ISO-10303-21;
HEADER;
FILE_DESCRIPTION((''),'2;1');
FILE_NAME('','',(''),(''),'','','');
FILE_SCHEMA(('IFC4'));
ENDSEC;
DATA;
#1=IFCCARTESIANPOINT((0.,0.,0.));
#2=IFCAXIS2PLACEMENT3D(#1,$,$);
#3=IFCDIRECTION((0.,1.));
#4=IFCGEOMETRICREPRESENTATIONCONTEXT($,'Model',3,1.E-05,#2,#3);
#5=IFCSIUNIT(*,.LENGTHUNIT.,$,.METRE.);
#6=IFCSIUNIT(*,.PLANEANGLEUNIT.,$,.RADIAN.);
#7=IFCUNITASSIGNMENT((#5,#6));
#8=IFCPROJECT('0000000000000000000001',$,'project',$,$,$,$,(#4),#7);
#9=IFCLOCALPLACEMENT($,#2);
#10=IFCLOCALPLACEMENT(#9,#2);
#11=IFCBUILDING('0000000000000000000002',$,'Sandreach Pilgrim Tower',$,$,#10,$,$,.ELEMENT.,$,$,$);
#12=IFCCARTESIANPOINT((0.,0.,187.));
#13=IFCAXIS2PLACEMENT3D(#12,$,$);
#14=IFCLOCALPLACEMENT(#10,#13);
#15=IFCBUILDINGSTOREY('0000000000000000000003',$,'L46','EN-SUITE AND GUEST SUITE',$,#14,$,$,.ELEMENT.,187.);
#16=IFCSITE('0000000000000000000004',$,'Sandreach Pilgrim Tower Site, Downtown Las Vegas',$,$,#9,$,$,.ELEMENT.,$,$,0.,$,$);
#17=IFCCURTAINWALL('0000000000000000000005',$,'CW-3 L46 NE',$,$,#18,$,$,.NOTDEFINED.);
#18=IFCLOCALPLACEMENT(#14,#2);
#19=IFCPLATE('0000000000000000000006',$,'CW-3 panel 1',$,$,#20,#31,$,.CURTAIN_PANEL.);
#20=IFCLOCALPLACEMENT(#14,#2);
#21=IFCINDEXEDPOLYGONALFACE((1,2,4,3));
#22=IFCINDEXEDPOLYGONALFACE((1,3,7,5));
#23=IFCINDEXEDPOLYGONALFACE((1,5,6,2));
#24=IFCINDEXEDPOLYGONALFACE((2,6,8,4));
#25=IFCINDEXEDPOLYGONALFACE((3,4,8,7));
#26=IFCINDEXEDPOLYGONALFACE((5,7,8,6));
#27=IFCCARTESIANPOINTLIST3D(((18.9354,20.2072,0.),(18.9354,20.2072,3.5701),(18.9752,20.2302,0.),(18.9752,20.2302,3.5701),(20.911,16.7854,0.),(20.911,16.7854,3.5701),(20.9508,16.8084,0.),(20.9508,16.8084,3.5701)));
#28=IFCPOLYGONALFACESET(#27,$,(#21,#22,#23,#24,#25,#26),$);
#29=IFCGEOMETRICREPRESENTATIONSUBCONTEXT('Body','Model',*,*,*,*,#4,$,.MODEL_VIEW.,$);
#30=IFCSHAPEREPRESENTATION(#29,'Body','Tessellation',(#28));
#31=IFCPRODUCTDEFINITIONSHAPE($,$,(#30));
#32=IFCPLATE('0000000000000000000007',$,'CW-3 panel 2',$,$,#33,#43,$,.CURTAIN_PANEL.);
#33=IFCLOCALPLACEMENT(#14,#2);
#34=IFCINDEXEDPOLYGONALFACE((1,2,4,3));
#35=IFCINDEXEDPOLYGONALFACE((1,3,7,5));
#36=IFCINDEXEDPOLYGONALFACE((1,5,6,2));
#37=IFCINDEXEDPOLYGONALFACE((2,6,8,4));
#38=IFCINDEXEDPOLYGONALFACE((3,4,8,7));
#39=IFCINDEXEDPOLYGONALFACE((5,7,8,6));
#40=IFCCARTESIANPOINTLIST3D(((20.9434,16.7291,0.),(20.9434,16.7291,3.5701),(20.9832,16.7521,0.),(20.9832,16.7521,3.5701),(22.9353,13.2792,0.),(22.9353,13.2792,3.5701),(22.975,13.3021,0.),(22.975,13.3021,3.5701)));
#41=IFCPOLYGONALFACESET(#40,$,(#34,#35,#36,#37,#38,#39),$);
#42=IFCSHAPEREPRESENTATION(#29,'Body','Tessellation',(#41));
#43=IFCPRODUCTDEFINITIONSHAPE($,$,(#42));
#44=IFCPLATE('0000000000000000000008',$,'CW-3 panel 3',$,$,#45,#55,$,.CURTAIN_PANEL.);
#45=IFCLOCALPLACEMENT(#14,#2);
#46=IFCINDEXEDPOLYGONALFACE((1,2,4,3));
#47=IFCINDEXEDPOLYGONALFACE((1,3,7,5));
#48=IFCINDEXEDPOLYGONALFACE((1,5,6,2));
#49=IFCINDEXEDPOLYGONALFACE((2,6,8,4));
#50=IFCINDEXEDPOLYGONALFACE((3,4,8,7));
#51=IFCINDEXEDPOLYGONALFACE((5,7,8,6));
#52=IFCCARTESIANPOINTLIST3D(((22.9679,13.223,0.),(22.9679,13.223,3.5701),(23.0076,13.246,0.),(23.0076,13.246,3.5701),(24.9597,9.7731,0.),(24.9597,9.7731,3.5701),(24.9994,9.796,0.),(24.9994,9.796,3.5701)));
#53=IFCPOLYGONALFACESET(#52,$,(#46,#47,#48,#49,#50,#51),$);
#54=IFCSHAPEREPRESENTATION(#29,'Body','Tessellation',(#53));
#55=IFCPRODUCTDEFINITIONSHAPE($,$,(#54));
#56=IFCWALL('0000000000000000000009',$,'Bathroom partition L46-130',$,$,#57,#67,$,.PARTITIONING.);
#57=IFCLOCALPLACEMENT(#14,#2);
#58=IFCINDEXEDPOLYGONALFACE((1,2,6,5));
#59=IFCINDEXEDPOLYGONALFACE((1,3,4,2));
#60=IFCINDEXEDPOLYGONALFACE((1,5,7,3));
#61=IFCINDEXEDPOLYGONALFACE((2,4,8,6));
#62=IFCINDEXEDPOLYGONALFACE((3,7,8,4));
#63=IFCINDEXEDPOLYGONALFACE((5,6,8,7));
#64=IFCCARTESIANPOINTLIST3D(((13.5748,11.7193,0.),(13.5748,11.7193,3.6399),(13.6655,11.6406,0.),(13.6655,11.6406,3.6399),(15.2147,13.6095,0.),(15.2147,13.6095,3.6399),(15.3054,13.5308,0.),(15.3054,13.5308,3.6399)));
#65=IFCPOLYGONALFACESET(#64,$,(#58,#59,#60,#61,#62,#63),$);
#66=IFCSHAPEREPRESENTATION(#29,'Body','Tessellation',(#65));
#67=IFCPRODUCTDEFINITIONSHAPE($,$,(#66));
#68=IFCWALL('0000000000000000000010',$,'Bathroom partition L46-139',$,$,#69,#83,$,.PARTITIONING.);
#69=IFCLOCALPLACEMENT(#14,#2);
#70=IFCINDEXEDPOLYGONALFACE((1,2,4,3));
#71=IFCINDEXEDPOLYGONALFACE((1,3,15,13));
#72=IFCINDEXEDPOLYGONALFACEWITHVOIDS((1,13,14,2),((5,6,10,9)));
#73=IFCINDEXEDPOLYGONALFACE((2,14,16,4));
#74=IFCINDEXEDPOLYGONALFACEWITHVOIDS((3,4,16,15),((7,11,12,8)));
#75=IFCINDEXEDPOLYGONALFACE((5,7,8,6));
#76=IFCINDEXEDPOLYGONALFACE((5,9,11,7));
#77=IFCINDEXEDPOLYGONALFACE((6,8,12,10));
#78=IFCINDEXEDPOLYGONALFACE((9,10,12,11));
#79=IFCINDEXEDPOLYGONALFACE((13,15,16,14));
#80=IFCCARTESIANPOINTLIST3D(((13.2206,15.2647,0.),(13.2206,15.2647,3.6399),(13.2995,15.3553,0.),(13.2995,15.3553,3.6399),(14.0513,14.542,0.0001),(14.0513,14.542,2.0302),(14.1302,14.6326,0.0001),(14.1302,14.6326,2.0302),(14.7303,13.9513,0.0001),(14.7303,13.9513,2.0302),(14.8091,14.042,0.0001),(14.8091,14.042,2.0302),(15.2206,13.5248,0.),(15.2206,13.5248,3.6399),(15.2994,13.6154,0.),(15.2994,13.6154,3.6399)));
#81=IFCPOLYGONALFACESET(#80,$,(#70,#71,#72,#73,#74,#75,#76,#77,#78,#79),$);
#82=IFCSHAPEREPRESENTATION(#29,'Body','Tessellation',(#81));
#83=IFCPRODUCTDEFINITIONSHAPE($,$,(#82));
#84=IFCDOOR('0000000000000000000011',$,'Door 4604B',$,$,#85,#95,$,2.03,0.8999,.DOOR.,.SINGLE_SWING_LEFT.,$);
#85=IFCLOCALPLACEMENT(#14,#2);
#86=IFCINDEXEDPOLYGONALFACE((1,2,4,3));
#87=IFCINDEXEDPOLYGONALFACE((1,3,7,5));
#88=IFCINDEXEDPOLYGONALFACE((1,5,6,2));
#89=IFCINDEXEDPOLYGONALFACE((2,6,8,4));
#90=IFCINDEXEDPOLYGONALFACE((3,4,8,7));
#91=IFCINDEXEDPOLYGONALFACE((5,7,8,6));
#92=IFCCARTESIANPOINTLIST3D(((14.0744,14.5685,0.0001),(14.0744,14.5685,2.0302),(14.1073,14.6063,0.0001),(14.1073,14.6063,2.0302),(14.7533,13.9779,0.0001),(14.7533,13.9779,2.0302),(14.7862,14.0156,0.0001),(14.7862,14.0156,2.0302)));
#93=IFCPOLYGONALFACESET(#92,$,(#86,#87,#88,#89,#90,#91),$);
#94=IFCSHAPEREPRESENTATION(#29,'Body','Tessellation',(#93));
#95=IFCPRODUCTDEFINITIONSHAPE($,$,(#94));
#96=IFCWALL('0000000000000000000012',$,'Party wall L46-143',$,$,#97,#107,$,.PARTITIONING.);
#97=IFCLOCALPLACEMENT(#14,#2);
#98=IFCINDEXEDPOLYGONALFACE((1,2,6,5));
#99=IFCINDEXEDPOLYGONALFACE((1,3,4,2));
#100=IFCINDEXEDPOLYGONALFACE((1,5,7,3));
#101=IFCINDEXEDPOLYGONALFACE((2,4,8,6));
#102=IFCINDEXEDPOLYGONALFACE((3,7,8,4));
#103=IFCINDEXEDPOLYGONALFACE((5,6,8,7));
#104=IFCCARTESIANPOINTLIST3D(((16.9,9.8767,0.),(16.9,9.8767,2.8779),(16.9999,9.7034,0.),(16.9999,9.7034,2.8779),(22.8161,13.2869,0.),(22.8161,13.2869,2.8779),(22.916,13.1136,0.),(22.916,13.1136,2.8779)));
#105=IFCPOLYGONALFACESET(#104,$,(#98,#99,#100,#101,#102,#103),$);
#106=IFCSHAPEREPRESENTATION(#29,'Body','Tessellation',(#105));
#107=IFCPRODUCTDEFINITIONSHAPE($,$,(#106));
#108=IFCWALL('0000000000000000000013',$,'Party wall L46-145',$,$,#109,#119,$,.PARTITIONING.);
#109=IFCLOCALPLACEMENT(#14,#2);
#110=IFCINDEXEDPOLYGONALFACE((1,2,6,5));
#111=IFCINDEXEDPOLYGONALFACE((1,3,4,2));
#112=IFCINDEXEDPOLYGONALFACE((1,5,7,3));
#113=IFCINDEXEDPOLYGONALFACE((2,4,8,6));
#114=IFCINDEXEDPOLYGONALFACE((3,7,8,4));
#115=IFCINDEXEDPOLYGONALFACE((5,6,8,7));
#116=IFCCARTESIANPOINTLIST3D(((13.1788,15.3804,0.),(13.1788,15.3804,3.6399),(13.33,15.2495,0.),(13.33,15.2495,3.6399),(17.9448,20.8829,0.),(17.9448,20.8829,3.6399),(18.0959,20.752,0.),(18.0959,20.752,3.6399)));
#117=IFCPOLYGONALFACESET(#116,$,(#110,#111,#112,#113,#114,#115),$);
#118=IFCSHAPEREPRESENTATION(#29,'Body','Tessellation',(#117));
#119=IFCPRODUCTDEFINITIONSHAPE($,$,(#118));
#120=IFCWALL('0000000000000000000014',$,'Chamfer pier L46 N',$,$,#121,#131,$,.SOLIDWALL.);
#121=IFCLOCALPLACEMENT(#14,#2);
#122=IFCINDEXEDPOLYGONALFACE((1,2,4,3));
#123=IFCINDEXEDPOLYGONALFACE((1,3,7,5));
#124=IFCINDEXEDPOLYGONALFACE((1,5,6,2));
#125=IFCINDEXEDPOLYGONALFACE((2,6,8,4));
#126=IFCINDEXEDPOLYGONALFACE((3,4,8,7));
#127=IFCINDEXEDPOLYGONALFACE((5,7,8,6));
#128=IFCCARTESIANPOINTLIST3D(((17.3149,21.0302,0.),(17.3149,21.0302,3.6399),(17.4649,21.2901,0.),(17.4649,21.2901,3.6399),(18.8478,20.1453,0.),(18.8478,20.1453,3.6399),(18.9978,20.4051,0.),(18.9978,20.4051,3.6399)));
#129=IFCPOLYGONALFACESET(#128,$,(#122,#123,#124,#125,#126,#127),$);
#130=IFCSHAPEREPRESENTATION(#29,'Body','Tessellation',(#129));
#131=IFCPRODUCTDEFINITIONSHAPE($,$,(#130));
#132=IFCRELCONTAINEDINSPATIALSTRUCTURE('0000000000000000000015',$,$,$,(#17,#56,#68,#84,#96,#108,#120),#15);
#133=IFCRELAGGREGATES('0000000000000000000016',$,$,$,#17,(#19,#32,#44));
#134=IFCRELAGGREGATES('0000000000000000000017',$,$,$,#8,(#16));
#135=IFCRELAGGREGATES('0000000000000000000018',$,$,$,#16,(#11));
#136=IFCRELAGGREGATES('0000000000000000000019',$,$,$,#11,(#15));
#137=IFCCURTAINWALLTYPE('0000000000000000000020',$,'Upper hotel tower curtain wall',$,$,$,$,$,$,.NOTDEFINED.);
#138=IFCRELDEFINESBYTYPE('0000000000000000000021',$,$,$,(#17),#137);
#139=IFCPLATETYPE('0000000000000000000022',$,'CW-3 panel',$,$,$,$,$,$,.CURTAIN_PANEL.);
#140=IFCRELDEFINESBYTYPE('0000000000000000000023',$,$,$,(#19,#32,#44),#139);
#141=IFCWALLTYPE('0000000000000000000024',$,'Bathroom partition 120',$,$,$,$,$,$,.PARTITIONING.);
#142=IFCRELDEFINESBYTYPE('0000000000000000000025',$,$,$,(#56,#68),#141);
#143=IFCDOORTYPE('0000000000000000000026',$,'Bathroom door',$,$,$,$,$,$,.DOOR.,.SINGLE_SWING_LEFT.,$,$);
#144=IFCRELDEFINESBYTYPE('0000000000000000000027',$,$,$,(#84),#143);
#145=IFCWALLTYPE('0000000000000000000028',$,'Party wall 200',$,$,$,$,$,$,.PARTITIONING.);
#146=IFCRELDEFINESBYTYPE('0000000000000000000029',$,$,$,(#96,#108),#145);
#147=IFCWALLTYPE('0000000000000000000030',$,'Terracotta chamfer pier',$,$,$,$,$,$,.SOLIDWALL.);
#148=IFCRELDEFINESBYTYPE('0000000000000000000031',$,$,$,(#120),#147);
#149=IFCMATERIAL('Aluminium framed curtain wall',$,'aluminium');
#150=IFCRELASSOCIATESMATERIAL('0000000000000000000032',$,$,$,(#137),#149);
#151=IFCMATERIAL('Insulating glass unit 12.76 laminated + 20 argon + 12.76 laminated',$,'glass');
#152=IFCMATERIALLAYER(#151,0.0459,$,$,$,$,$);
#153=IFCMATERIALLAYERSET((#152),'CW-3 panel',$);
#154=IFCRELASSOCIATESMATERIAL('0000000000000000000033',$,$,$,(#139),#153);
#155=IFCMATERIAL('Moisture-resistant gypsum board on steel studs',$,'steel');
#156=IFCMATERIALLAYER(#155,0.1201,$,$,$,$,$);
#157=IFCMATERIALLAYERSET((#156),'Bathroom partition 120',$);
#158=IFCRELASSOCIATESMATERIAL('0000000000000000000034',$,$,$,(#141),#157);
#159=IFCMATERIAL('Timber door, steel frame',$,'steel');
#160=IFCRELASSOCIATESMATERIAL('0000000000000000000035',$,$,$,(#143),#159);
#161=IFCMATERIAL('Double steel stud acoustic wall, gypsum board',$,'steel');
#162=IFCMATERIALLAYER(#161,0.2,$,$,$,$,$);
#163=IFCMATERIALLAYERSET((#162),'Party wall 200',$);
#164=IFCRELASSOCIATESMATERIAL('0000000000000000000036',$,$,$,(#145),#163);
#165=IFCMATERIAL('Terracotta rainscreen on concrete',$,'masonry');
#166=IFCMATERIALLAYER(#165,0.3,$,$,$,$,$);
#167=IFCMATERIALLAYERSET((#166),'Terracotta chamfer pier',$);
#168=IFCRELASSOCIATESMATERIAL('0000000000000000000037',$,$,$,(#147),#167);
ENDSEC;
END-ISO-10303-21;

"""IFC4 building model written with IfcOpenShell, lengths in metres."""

from ifc_helpers import new_model, si_unit, direction, frame, frame_2d, origin, origin_2d, place, context, subcontext, project, spatial, rectangle, extrude, material, layer, layer_set, type_object, element, fill, aggregate, save


model = new_model("IFC4")

# Units and contexts
model_context = context("Model", 3, precision=1e-05, world=origin(), true_north=direction((0.0, 1.0)))
body_context = subcontext(model_context, "Body", "Model", "MODEL_VIEW")
ifc_project = project(units=[si_unit("LENGTHUNIT", "METRE"), si_unit("PLANEANGLEUNIT", "RADIAN")], contexts=[model_context])

# Site, building, storey
site_placement = place(None, origin())
site = spatial("IfcSite", under=ifc_project, at=site_placement, Name="Sandreach Pilgrim Tower Site, Downtown Las Vegas", CompositionType="ELEMENT", RefElevation=0.0)
building_placement = place(site_placement, origin())
building = spatial("IfcBuilding", under=site, at=building_placement, Name="Sandreach Pilgrim Tower", CompositionType="ELEMENT")
storey_placement = place(building_placement, frame((0.0, 0.0, 187.0)))
storey = spatial("IfcBuildingStorey", under=building, at=storey_placement, Name="L46", Description="EN-SUITE AND GUEST SUITE", CompositionType="ELEMENT", Elevation=187.0)

# Shared definitions
ifc_material_1 = material(Name="Aluminium framed curtain wall", Category="aluminium")
curtain_wall_type = type_object("IfcCurtainWallType", Name="Upper hotel tower curtain wall", PredefinedType="NOTDEFINED", material=ifc_material_1)

# Curtain wall
curtain_wall_1_placement = place(storey_placement, origin())
curtain_wall_1 = element("IfcCurtainWall", 1, at=curtain_wall_1_placement, inside=storey, type_object=curtain_wall_type, Name="CW-3 L46 NE", PredefinedType="NOTDEFINED")

# Plates
ifc_material_2 = material(Name="Insulating glass unit 12.76 laminated + 20 argon + 12.76 laminated", Category="glass")
ifc_layer_1 = layer(ifc_material_2, 0.0459)
ifc_layer_set_1 = layer_set([ifc_layer_1], Name="CW-3 panel")
plate_type = type_object("IfcPlateType", Name="CW-3 panel", PredefinedType="CURTAIN_PANEL", material=ifc_layer_set_1)
plate_1_placement = place(storey_placement, frame((19.9431, 18.5078, 0.0), z_axis=(0.0, 0.0, 1.0), x_axis=(0.5, -0.866025, 0.0)))
plate_1 = element("IfcPlate", 2, at=plate_1_placement, type_object=plate_type, Name="CW-3 panel 1", PredefinedType="CURTAIN_PANEL", context=body_context, shape_type="SweptSolid", body=[
    extrude(rectangle(XDim=3.9512, YDim=0.0459, at=origin_2d()), origin(), (0.0, 0.0, 1.0), 3.5701),
])
plate_2_placement = place(storey_placement, frame((21.9592, 15.0156, 0.0), z_axis=(0.0, 0.0, 1.0), x_axis=(0.5, -0.866025, 0.0)))
plate_2 = element("IfcPlate", 3, at=plate_2_placement, type_object=plate_type, Name="CW-3 panel 2", PredefinedType="CURTAIN_PANEL", context=body_context, shape_type="SweptSolid", body=[
    extrude(rectangle(XDim=3.9836, YDim=0.0459, at=origin_2d()), origin(), (0.0, 0.0, 1.0), 3.5701),
])
plate_3_placement = place(storey_placement, frame((23.9836, 11.5095, 0.0), z_axis=(0.0, 0.0, 1.0), x_axis=(0.5, -0.866025, 0.0)))
plate_3 = element("IfcPlate", 4, at=plate_3_placement, type_object=plate_type, Name="CW-3 panel 3", PredefinedType="CURTAIN_PANEL", context=body_context, shape_type="SweptSolid", body=[
    extrude(rectangle(XDim=3.9836, YDim=0.0459, at=origin_2d()), origin(), (0.0, 0.0, 1.0), 3.5701),
])
aggregate(curtain_wall_1, [plate_1, plate_2, plate_3])

# Wall
ifc_material_3 = material(Name="Moisture-resistant gypsum board on steel studs", Category="steel")
ifc_layer_2 = layer(ifc_material_3, 0.1201)
ifc_layer_set_2 = layer_set([ifc_layer_2], Name="Bathroom partition 120")
wall_type_1 = type_object("IfcWallType", Name="Bathroom partition 120", PredefinedType="PARTITIONING", material=ifc_layer_set_2)
wall_1_placement = place(storey_placement, frame((13.6201, 11.6799, 0.0), z_axis=(0.0, 0.0, 1.0), x_axis=(0.655335, 0.755338, 0.0)))
element("IfcWall", 5, at=wall_1_placement, inside=storey, type_object=wall_type_1, Name="Bathroom partition L46-130", PredefinedType="PARTITIONING", context=body_context, shape_type="SweptSolid", body=[
    extrude(rectangle(XDim=2.5024, YDim=0.1201, at=frame_2d((1.2512, 0.0))), origin(), (0.0, 0.0, 1.0), 3.6399),
])

# Wall, opening, door
wall_2_placement = place(storey_placement, frame((15.26, 13.5701, 0.0), z_axis=(0.0, 0.0, 1.0), x_axis=(-0.754445, 0.656363, 0.0)))
wall_2 = element("IfcWall", 6, at=wall_2_placement, inside=storey, type_object=wall_type_1, Name="Bathroom partition L46-139", PredefinedType="PARTITIONING", context=body_context, shape_type="SweptSolid", body=[
    extrude(rectangle(XDim=2.6509, YDim=0.1201, at=frame_2d((1.3254, 0.0))), origin(), (0.0, 0.0, 1.0), 3.6399),
])
opening_placement = place(wall_2_placement, frame((0.6499, 0.0, 0.0)))
opening = element("IfcOpeningElement", 7, at=opening_placement, cuts=wall_2, PredefinedType="OPENING", context=body_context, shape_type="SweptSolid", body=[
    extrude(rectangle(XDim=0.8999, YDim=2.03, at=frame_2d((0.45, 1.0151))), frame((0.0, 0.0601, 0.0), z_axis=(0.0, -1.0, 0.0), x_axis=(1.0, 0.0, 0.0)), (0.0, 0.0, 1.0), 0.1201),
])
ifc_material_4 = material(Name="Timber door, steel frame", Category="steel")
door_type = type_object("IfcDoorType", Name="Bathroom door", OperationType="SINGLE_SWING_LEFT", PredefinedType="DOOR", material=ifc_material_4)
door_placement = place(opening_placement, origin())
door = element("IfcDoor", 8, at=door_placement, inside=storey, type_object=door_type, Name="Door 4604B", OperationType="SINGLE_SWING_LEFT", OverallHeight=2.03, OverallWidth=0.8999, PredefinedType="DOOR", context=body_context, shape_type="SweptSolid", body=[
    extrude(rectangle(XDim=0.8999, YDim=2.03, at=frame_2d((0.45, 1.0151))), frame((0.0, 0.0249, 0.0), z_axis=(0.0, -1.0, 0.0), x_axis=(1.0, 0.0, 0.0)), (0.0, 0.0, 1.0), 0.05),
])
fill(opening, door)

# Walls
ifc_material_5 = material(Name="Double steel stud acoustic wall, gypsum board", Category="steel")
ifc_layer_3 = layer(ifc_material_5, 0.2)
ifc_layer_set_3 = layer_set([ifc_layer_3], Name="Party wall 200")
wall_type_2 = type_object("IfcWallType", Name="Party wall 200", PredefinedType="PARTITIONING", material=ifc_layer_set_3)
wall_3_placement = place(storey_placement, frame((16.95, 9.79, 0.0), z_axis=(0.0, 0.0, 1.0), x_axis=(0.866371, 0.499401, 0.0)))
element("IfcWall", 9, at=wall_3_placement, inside=storey, type_object=wall_type_2, Name="Party wall L46-143", PredefinedType="PARTITIONING", context=body_context, shape_type="SweptSolid", body=[
    extrude(rectangle(XDim=6.8286, YDim=0.2, at=frame_2d((3.4143, 0.0))), origin(), (0.0, 0.0, 1.0), 2.8779),
])
wall_4_placement = place(storey_placement, frame((18.0203, 20.8174, 0.0), z_axis=(0.0, 0.0, 1.0), x_axis=(-0.654702, -0.755887, 0.0)))
element("IfcWall", 10, at=wall_4_placement, inside=storey, type_object=wall_type_2, Name="Party wall L46-145", PredefinedType="PARTITIONING", context=body_context, shape_type="SweptSolid", body=[
    extrude(rectangle(XDim=7.2795, YDim=0.2, at=frame_2d((3.6396, 0.0))), origin(), (0.0, 0.0, 1.0), 3.6399),
])
ifc_material_6 = material(Name="Terracotta rainscreen on concrete", Category="masonry")
ifc_layer_4 = layer(ifc_material_6, 0.3)
ifc_layer_set_4 = layer_set([ifc_layer_4], Name="Terracotta chamfer pier")
wall_type_3 = type_object("IfcWallType", Name="Terracotta chamfer pier", PredefinedType="SOLIDWALL", material=ifc_layer_set_4)
wall_5_placement = place(storey_placement, frame((17.3899, 21.1602, 0.0), z_axis=(0.0, 0.0, 1.0), x_axis=(0.866036, -0.499981, 0.0)))
element("IfcWall", 11, at=wall_5_placement, inside=storey, type_object=wall_type_3, Name="Chamfer pier L46 N", PredefinedType="SOLIDWALL", context=body_context, shape_type="SweptSolid", body=[
    extrude(rectangle(XDim=1.77, YDim=0.3, at=frame_2d((0.885, 0.0))), origin(), (0.0, 0.0, 1.0), 3.6399),
])

save(model, "model.ifc")
